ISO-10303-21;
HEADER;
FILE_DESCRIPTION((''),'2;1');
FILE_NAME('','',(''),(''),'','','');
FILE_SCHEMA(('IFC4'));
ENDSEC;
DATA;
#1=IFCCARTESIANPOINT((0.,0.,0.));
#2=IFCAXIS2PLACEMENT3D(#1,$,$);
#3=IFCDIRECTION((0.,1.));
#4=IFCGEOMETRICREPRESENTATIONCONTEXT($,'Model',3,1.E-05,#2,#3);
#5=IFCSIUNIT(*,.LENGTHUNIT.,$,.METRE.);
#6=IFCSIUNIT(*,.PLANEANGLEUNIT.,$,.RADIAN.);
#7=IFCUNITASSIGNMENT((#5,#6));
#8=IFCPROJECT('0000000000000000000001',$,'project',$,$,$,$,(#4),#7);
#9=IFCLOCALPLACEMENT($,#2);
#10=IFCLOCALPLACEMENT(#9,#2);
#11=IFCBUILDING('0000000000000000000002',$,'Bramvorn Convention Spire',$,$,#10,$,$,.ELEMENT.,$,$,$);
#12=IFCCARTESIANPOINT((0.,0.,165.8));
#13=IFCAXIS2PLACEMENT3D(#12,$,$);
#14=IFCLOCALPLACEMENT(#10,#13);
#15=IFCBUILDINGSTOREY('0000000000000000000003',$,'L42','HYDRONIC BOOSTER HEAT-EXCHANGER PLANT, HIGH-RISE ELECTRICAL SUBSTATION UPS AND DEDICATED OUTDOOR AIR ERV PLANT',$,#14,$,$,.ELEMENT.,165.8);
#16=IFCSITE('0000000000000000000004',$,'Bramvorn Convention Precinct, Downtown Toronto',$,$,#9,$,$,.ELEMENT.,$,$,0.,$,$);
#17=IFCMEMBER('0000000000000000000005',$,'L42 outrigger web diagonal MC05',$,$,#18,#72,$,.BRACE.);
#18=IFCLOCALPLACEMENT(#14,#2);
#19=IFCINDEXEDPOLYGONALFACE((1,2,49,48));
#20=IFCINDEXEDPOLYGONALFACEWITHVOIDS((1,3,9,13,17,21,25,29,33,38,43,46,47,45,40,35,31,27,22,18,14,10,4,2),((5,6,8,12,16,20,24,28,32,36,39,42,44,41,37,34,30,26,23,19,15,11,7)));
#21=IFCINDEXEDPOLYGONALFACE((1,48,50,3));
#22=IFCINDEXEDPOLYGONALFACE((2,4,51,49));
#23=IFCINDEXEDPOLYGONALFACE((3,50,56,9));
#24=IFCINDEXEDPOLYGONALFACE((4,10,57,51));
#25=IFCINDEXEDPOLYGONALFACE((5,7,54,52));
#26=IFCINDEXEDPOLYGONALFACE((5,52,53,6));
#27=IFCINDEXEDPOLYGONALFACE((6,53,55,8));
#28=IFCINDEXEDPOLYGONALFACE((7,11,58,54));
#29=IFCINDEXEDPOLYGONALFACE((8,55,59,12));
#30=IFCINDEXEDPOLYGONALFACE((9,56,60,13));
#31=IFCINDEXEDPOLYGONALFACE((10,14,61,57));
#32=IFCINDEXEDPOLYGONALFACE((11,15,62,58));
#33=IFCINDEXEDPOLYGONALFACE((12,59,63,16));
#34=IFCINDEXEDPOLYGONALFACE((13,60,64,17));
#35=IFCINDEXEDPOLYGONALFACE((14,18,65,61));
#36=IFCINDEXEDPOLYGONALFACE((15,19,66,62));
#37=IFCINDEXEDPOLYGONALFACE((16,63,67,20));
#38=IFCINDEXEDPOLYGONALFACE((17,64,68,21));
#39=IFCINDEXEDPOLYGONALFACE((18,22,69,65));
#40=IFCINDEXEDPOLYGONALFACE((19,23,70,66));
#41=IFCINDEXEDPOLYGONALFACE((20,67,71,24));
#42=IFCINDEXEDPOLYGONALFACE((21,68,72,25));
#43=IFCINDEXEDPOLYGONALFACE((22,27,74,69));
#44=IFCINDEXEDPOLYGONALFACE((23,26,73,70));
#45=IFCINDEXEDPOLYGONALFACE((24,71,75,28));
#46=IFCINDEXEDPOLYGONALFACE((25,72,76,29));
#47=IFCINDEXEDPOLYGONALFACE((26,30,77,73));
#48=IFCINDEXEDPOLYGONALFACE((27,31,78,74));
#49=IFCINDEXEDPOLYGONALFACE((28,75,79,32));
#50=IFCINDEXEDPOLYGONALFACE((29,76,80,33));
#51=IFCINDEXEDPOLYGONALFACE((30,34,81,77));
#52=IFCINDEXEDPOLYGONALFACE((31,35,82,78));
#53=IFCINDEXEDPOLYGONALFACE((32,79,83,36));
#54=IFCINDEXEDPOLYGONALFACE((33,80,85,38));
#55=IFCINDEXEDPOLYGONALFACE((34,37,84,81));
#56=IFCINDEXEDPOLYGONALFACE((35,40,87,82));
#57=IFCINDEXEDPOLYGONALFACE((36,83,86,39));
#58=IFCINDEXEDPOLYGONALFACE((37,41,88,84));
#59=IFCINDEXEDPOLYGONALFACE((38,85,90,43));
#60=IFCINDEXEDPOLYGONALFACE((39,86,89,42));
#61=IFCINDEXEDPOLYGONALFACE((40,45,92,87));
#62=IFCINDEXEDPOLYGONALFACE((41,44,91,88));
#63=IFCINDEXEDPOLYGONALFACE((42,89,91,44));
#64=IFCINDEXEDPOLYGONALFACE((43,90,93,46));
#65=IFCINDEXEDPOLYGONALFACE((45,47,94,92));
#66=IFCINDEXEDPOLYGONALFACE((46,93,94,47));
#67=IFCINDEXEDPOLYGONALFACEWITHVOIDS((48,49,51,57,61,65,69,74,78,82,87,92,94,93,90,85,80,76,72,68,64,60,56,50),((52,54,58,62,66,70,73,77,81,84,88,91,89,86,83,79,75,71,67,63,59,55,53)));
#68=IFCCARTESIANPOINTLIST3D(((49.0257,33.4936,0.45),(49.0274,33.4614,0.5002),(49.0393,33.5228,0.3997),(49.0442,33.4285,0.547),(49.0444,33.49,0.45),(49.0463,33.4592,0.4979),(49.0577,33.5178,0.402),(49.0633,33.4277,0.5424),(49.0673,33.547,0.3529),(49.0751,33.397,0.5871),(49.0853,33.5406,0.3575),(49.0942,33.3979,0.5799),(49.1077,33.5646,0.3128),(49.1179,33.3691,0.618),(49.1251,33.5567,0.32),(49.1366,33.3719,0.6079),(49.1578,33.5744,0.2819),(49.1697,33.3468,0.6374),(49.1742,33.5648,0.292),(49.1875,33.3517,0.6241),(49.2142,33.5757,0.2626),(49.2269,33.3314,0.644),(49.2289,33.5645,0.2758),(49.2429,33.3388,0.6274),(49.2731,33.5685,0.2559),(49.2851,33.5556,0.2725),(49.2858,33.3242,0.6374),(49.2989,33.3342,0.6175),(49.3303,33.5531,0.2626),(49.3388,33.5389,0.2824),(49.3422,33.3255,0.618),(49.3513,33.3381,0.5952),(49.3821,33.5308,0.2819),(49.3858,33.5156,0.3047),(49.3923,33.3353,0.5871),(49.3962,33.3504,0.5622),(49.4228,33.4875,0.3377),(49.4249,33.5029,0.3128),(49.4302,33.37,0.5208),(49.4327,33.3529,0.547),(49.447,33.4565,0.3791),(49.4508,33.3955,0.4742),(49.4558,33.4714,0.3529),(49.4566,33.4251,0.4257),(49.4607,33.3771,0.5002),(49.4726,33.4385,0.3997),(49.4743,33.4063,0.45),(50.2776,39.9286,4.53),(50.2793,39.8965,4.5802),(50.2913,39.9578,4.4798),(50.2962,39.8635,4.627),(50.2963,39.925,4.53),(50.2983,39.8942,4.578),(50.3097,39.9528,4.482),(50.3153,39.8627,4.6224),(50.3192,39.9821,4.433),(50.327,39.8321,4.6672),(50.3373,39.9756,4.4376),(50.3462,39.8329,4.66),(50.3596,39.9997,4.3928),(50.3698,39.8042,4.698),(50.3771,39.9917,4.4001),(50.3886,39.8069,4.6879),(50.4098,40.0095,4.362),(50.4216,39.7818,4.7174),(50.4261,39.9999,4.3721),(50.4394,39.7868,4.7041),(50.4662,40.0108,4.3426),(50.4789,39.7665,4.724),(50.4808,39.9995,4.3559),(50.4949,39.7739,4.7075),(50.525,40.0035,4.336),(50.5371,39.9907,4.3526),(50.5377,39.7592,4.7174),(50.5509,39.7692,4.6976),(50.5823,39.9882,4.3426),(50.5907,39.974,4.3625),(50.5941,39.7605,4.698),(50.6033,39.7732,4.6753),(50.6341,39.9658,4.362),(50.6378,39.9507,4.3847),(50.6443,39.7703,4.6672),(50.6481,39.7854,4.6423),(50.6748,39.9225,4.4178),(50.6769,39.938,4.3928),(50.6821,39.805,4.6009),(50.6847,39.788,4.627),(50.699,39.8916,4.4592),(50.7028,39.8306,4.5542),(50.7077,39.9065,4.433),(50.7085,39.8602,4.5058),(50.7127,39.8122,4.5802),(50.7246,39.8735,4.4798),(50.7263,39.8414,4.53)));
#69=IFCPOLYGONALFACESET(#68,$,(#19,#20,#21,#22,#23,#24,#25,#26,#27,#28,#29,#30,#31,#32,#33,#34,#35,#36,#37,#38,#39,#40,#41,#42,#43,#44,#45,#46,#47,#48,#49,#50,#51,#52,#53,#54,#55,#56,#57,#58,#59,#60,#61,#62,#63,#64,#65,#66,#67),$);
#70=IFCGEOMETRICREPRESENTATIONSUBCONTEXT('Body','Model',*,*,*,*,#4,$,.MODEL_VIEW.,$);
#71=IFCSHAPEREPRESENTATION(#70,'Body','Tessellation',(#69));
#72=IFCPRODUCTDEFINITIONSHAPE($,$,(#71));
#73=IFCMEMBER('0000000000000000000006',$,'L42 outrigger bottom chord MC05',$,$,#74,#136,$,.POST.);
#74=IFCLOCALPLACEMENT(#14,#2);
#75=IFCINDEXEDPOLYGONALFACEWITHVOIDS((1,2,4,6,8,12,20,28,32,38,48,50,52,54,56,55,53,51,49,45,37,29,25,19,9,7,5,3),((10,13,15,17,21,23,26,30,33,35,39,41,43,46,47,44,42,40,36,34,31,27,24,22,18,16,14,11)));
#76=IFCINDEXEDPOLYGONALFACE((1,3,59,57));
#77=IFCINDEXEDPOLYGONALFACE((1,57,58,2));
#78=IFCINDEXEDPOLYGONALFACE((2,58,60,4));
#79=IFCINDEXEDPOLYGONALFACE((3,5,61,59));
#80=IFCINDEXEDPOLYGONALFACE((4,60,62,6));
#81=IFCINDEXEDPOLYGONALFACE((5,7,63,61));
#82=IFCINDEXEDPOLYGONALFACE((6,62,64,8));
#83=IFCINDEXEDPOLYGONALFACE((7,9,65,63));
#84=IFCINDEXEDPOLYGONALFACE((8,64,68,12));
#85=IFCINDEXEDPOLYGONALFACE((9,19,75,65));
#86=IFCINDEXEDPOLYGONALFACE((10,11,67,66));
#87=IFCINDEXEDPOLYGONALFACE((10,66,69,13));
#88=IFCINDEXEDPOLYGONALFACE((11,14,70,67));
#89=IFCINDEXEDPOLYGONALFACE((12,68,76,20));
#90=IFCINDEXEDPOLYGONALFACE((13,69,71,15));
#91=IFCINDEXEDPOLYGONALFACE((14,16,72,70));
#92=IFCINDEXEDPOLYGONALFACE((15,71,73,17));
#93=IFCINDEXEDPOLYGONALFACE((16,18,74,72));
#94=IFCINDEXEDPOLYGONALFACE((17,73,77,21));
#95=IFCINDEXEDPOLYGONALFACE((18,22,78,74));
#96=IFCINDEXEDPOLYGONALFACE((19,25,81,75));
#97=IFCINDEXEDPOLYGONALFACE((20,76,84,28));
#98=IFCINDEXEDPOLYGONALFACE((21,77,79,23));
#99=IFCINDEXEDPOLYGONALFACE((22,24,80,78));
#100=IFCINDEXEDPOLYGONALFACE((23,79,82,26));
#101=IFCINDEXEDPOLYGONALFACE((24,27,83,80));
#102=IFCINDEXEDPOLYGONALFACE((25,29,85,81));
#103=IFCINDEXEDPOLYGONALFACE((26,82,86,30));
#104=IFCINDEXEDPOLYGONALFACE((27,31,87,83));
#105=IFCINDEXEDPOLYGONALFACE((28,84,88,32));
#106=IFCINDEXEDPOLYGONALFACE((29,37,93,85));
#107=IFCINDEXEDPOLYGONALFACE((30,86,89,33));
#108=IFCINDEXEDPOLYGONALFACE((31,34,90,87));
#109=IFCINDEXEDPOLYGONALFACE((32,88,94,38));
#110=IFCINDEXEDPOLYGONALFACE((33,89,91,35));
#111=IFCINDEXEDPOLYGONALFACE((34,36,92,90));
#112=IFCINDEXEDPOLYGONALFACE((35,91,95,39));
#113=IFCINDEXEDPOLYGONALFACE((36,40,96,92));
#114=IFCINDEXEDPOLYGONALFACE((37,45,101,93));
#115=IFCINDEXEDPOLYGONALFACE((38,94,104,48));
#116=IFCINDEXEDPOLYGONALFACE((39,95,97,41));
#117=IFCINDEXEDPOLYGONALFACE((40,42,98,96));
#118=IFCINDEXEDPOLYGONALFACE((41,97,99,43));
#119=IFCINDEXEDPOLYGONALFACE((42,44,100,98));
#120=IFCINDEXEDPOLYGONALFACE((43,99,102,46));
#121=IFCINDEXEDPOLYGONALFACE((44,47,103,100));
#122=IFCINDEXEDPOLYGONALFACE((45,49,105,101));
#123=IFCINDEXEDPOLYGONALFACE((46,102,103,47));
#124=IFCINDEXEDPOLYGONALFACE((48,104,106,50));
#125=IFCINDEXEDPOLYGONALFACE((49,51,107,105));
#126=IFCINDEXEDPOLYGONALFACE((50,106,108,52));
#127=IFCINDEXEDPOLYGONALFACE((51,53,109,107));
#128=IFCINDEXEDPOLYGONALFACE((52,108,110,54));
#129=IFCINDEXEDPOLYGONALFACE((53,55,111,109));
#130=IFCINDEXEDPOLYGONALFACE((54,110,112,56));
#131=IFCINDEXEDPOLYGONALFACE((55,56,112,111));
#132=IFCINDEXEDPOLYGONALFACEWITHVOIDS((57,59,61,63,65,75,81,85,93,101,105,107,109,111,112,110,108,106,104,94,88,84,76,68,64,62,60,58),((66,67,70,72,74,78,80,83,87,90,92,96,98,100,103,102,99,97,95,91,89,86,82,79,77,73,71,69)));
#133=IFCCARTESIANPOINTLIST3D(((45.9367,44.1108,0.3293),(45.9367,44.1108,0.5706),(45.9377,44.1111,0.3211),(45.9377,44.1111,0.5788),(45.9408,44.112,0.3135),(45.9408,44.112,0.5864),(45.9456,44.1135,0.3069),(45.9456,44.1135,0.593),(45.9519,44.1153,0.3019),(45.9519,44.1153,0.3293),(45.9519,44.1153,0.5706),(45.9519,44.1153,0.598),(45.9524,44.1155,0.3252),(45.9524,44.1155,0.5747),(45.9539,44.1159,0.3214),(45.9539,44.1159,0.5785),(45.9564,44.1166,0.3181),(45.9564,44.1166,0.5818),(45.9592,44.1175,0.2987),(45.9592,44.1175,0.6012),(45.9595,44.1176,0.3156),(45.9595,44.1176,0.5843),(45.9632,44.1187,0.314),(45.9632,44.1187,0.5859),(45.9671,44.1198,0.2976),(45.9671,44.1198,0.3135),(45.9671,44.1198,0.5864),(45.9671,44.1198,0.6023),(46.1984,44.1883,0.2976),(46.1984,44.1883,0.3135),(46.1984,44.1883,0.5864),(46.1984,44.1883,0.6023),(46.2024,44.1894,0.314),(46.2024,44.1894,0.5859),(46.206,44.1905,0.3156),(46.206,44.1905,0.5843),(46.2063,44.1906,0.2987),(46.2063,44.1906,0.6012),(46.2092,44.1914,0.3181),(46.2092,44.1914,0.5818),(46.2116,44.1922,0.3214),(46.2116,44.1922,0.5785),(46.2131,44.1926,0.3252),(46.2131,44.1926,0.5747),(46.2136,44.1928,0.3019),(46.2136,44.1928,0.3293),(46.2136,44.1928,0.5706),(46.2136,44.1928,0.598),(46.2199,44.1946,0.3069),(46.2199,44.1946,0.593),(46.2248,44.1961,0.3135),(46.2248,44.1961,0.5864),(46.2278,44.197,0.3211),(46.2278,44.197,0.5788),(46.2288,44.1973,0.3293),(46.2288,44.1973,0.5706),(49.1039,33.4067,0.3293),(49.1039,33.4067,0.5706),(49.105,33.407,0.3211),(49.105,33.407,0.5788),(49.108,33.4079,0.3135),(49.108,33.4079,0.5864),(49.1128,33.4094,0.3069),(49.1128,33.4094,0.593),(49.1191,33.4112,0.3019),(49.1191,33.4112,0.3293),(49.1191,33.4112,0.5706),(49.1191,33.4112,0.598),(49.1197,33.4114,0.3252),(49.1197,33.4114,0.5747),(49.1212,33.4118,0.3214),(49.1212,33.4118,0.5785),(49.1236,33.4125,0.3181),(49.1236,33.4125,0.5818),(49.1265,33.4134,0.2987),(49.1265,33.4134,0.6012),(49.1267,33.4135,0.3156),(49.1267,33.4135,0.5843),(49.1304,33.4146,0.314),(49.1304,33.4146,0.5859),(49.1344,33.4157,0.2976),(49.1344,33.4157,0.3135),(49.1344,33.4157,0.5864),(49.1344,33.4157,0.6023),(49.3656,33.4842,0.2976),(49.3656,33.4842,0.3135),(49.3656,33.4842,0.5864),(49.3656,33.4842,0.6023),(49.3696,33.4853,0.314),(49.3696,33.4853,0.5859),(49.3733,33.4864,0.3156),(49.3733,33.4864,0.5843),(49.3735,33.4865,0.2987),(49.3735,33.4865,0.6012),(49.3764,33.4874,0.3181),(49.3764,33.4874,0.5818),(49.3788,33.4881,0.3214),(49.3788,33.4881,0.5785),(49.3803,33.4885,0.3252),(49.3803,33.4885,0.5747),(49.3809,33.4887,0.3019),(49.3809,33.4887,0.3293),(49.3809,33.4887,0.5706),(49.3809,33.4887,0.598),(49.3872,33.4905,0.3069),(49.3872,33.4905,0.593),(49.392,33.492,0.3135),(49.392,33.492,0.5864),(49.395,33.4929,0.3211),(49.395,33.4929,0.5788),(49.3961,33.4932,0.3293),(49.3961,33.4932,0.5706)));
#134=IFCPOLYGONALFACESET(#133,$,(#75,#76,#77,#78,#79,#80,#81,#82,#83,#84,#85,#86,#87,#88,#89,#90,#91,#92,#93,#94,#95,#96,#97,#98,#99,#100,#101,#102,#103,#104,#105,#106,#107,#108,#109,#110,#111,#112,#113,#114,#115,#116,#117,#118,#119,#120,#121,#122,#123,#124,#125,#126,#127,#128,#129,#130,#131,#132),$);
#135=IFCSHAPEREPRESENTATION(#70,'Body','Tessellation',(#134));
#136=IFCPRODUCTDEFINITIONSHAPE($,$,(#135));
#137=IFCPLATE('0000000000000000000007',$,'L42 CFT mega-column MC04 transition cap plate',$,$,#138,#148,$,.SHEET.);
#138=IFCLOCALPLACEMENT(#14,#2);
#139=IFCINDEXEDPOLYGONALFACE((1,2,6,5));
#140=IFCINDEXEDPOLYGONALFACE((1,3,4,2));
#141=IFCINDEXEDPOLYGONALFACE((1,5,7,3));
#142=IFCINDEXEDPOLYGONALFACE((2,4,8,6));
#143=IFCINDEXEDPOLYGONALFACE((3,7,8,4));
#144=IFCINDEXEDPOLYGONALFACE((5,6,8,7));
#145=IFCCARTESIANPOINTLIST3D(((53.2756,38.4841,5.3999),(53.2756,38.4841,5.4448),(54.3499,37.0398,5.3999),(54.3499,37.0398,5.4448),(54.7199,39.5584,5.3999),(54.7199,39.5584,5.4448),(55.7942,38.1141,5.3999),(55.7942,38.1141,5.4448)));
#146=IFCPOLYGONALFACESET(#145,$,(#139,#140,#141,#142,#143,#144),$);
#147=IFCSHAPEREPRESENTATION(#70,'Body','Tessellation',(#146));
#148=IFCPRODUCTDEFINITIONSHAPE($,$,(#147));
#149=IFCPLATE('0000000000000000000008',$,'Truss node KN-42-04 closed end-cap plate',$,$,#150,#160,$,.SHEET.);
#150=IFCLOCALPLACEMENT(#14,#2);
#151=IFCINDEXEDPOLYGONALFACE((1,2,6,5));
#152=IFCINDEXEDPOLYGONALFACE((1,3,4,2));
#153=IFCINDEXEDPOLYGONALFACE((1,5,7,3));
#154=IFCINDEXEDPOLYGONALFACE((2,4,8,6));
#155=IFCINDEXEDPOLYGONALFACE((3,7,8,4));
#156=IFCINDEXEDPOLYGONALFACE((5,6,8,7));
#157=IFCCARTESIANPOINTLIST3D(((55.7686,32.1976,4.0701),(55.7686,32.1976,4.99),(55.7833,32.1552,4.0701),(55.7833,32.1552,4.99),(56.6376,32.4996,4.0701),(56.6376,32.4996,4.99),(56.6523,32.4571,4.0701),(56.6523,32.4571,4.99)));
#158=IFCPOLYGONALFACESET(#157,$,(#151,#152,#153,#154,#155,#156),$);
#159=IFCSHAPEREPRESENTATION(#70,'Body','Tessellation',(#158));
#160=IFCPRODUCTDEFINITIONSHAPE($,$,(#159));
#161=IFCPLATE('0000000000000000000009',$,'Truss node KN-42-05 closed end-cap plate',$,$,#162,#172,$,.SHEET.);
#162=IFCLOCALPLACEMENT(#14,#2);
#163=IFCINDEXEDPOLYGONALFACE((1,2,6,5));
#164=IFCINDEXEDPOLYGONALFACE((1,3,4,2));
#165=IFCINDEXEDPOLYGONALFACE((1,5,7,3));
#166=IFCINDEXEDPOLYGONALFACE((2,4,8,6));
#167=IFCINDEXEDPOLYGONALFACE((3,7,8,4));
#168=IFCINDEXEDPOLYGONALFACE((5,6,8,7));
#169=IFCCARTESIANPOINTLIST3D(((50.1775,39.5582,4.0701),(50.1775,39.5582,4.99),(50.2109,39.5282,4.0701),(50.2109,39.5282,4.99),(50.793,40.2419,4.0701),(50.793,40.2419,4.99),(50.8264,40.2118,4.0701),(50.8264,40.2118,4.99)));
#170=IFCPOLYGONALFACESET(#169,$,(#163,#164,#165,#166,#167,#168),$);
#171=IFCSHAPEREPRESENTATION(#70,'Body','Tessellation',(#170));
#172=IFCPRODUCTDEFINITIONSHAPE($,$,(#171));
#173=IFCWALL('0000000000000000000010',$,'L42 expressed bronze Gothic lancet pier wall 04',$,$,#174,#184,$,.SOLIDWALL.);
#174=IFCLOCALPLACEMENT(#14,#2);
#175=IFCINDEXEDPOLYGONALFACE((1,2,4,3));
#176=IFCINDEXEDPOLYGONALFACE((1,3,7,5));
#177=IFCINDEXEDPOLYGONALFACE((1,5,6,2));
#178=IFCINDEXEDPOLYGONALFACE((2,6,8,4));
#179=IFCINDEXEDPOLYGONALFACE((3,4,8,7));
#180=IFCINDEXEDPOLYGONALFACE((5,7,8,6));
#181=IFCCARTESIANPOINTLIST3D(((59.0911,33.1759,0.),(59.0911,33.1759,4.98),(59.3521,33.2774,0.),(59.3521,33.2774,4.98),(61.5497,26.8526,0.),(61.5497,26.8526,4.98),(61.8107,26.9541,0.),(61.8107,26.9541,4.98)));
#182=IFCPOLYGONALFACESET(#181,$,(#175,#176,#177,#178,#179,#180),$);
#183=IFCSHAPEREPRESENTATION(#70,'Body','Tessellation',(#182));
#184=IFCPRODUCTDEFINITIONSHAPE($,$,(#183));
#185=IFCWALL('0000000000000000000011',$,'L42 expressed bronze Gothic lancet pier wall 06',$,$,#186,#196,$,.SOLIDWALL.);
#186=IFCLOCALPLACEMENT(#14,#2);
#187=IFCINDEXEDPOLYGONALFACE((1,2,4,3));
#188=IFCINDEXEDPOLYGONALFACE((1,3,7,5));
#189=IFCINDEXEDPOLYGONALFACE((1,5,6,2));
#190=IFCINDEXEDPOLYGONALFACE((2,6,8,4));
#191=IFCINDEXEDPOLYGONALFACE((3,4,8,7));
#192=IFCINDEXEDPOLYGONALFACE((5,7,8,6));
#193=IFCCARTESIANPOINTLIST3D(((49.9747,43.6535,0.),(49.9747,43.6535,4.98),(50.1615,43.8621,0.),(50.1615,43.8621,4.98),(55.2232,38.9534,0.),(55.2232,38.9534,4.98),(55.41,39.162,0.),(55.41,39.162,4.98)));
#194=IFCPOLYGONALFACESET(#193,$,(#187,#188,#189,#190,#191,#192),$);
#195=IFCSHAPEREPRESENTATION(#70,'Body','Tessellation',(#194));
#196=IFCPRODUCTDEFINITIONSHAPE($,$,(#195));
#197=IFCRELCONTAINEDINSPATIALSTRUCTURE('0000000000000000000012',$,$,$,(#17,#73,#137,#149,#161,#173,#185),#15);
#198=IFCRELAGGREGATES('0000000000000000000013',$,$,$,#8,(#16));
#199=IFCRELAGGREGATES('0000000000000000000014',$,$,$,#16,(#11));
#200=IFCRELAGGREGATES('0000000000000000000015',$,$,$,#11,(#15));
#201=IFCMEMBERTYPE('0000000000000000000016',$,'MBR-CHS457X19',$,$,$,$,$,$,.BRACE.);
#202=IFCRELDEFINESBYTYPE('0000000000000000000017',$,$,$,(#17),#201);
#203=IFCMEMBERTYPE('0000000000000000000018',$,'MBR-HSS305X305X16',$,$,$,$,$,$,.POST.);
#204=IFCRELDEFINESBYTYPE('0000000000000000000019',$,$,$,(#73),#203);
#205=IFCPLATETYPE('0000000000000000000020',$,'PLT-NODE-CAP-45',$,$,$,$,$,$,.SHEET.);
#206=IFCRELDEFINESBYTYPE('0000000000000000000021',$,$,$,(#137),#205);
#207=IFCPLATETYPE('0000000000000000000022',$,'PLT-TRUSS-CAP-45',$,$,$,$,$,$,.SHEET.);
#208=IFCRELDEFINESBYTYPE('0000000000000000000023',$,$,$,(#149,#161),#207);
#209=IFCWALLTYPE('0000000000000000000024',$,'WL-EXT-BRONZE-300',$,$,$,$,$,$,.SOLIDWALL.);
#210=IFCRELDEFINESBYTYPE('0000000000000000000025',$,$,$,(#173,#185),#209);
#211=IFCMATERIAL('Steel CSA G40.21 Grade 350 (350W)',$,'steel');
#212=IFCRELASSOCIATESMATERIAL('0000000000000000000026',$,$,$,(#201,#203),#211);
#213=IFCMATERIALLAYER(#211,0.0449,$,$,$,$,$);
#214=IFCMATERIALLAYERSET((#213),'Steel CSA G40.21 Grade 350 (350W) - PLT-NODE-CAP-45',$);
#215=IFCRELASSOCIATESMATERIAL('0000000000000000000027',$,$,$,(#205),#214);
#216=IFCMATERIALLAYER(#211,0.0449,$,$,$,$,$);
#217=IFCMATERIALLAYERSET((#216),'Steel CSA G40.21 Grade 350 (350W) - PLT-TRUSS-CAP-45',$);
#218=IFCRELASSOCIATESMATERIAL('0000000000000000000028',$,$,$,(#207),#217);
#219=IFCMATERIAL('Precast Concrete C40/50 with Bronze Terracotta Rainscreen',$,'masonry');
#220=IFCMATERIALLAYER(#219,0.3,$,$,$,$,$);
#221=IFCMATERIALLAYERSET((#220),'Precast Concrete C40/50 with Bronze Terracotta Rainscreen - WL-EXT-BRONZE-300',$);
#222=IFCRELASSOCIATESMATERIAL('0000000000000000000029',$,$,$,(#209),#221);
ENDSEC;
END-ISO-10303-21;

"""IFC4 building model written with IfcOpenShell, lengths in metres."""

from ifc_helpers import new_model, si_unit, direction, frame, frame_2d, origin, origin_2d, place, context, subcontext, project, spatial, rectangle, hollow_rectangle, hollow_circle, extrude, material, layer, layer_set, material_profile, profile_set, type_object, element, save


model = new_model("IFC4")

# Units and contexts
model_context = context("Model", 3, precision=1e-05, world=origin(), true_north=direction((0.0, 1.0)))
body_context = subcontext(model_context, "Body", "Model", "MODEL_VIEW")
ifc_project = project(units=[si_unit("LENGTHUNIT", "METRE"), si_unit("PLANEANGLEUNIT", "RADIAN")], contexts=[model_context])

# Site, building, storey
site_placement = place(None, origin())
site = spatial("IfcSite", under=ifc_project, at=site_placement, Name="Bramvorn Convention Precinct, Downtown Toronto", CompositionType="ELEMENT", RefElevation=0.0)
building_placement = place(site_placement, origin())
building = spatial("IfcBuilding", under=site, at=building_placement, Name="Bramvorn Convention Spire", CompositionType="ELEMENT")
storey_placement = place(building_placement, frame((0.0, 0.0, 165.8)))
storey = spatial("IfcBuildingStorey", under=building, at=storey_placement, Name="L42", Description="HYDRONIC BOOSTER HEAT-EXCHANGER PLANT, HIGH-RISE ELECTRICAL SUBSTATION UPS AND DEDICATED OUTDOOR AIR ERV PLANT", CompositionType="ELEMENT", Elevation=165.8)

# Shared definitions
ifc_material_1 = material(Name="Steel CSA G40.21 Grade 350 (350W)", Category="steel")

# Members
ifc_material_profile_1 = material_profile(ifc_material_1, hollow_circle(Radius=0.2285, WallThickness=0.019, at=origin_2d()))
ifc_profile_set_1 = profile_set([ifc_material_profile_1], Name="Steel CSA G40.21 Grade 350 (350W) - CHS457X19")
member_type_1 = type_object("IfcMemberType", Name="MBR-CHS457X19", PredefinedType="BRACE", material=ifc_profile_set_1)
member_1_placement = place(storey_placement, frame((49.25, 33.45, 0.45), z_axis=(0.162135, 0.833375, 0.528392), x_axis=(-0.981596, 0.190971, 0.0)))
element("IfcMember", 1, at=member_1_placement, inside=storey, type_object=member_type_1, Name="L42 outrigger web diagonal MC05", PredefinedType="BRACE", context=body_context, shape_type="SweptSolid", body=[
    extrude(hollow_circle(Radius=0.2285, WallThickness=0.019, at=origin_2d()), origin(), (0.0, 0.0, 1.0), 7.7217),
])
ifc_material_profile_2 = material_profile(ifc_material_1, hollow_rectangle(XDim=0.3047, YDim=0.3047, WallThickness=0.0159, InnerFilletRadius=0.0159, OuterFilletRadius=0.0317, at=origin_2d()))
ifc_profile_set_2 = profile_set([ifc_material_profile_2], Name="Steel CSA G40.21 Grade 350 (350W) - HSS305X305X16")
member_type_2 = type_object("IfcMemberType", Name="MBR-HSS305X305X16", PredefinedType="POST", material=ifc_profile_set_2)
member_2_placement = place(storey_placement, frame((49.25, 33.45, 0.45), z_axis=(-0.28373, 0.958904, 0.0), x_axis=(-0.958904, -0.28373, 0.0)))
element("IfcMember", 2, at=member_2_placement, inside=storey, type_object=member_type_2, Name="L42 outrigger bottom chord MC05", PredefinedType="POST", context=body_context, shape_type="SweptSolid", body=[
    extrude(hollow_rectangle(XDim=0.3047, YDim=0.3047, WallThickness=0.0159, InnerFilletRadius=0.0159, OuterFilletRadius=0.0317, at=origin_2d()), origin(), (0.0, 0.0, 1.0), 11.1628),
])

# Plates
ifc_layer_1 = layer(ifc_material_1, 0.0449)
ifc_layer_set_1 = layer_set([ifc_layer_1], Name="Steel CSA G40.21 Grade 350 (350W) - PLT-NODE-CAP-45")
plate_type_1 = type_object("IfcPlateType", Name="PLT-NODE-CAP-45", PredefinedType="SHEET", material=ifc_layer_set_1)
plate_placement = place(storey_placement, frame((54.5349, 38.2991, 5.3999), z_axis=(0.0, 0.0, 1.0), x_axis=(0.802372, 0.596824, 0.0)))
element("IfcPlate", 3, at=plate_placement, inside=storey, type_object=plate_type_1, Name="L42 CFT mega-column MC04 transition cap plate", PredefinedType="SHEET", context=body_context, shape_type="SweptSolid", body=[
    extrude(rectangle(XDim=1.8, YDim=1.8, at=origin_2d()), origin(), (0.0, 0.0, 1.0), 0.0449),
])
ifc_layer_2 = layer(ifc_material_1, 0.0449)
ifc_layer_set_2 = layer_set([ifc_layer_2], Name="Steel CSA G40.21 Grade 350 (350W) - PLT-TRUSS-CAP-45")
plate_type_2 = type_object("IfcPlateType", Name="PLT-TRUSS-CAP-45", PredefinedType="SHEET", material=ifc_layer_set_2)
for number, where, z_axis, x_axis, name in (
    (4, (56.2104, 32.3274, 4.0701), (0.0, 0.0, 1.0), (0.944605, 0.328208, 0.0), "Truss node KN-42-04 closed end-cap plate"),
    (5, (50.502, 39.885, 4.0701), (0.0, 0.0, 1.0), (0.66913, 0.743145, 0.0), "Truss node KN-42-05 closed end-cap plate"),
):
    element("IfcPlate", number, at=place(storey_placement, frame(where, z_axis=z_axis, x_axis=x_axis)), inside=storey, type_object=plate_type_2, Name=name, PredefinedType="SHEET", context=body_context, shape_type="SweptSolid", body=[
        extrude(rectangle(XDim=0.9199, YDim=0.0449, at=origin_2d()), origin(), (0.0, 0.0, 1.0), 0.9199),
    ])

# Walls
ifc_material_2 = material(Name="Precast Concrete C40/50 with Bronze Terracotta Rainscreen", Category="masonry")
ifc_layer_3 = layer(ifc_material_2, 0.3)
ifc_layer_set_3 = layer_set([ifc_layer_3], Name="Precast Concrete C40/50 with Bronze Terracotta Rainscreen - WL-EXT-BRONZE-300")
wall_type_1 = type_object("IfcWallType", Name="WL-EXT-BRONZE-300", PredefinedType="SOLIDWALL", material=ifc_layer_set_3)
wall_1_placement = place(storey_placement, frame((59.2217, 33.2266, 0.0), z_axis=(0.0, 0.0, 1.0), x_axis=(0.362377, -0.932032, 0.0)))
element("IfcWall", 6, at=wall_1_placement, inside=storey, type_object=wall_type_1, Name="L42 expressed bronze Gothic lancet pier wall 04", PredefinedType="SOLIDWALL", context=body_context, shape_type="SweptSolid", body=[
    extrude(rectangle(XDim=6.7844, YDim=0.28, at=frame_2d((3.3921, 0.0))), origin(), (0.0, 0.0, 1.0), 4.98),
])
wall_2_placement = place(storey_placement, frame((50.0681, 43.7578, 0.0), z_axis=(0.0, 0.0, 1.0), x_axis=(0.744949, -0.667121, 0.0)))
element("IfcWall", 7, at=wall_2_placement, inside=storey, type_object=wall_type_1, Name="L42 expressed bronze Gothic lancet pier wall 06", PredefinedType="SOLIDWALL", context=body_context, shape_type="SweptSolid", body=[
    extrude(rectangle(XDim=7.0454, YDim=0.28, at=frame_2d((3.5227, 0.0))), origin(), (0.0, 0.0, 1.0), 4.98),
])

save(model, "model.ifc")
